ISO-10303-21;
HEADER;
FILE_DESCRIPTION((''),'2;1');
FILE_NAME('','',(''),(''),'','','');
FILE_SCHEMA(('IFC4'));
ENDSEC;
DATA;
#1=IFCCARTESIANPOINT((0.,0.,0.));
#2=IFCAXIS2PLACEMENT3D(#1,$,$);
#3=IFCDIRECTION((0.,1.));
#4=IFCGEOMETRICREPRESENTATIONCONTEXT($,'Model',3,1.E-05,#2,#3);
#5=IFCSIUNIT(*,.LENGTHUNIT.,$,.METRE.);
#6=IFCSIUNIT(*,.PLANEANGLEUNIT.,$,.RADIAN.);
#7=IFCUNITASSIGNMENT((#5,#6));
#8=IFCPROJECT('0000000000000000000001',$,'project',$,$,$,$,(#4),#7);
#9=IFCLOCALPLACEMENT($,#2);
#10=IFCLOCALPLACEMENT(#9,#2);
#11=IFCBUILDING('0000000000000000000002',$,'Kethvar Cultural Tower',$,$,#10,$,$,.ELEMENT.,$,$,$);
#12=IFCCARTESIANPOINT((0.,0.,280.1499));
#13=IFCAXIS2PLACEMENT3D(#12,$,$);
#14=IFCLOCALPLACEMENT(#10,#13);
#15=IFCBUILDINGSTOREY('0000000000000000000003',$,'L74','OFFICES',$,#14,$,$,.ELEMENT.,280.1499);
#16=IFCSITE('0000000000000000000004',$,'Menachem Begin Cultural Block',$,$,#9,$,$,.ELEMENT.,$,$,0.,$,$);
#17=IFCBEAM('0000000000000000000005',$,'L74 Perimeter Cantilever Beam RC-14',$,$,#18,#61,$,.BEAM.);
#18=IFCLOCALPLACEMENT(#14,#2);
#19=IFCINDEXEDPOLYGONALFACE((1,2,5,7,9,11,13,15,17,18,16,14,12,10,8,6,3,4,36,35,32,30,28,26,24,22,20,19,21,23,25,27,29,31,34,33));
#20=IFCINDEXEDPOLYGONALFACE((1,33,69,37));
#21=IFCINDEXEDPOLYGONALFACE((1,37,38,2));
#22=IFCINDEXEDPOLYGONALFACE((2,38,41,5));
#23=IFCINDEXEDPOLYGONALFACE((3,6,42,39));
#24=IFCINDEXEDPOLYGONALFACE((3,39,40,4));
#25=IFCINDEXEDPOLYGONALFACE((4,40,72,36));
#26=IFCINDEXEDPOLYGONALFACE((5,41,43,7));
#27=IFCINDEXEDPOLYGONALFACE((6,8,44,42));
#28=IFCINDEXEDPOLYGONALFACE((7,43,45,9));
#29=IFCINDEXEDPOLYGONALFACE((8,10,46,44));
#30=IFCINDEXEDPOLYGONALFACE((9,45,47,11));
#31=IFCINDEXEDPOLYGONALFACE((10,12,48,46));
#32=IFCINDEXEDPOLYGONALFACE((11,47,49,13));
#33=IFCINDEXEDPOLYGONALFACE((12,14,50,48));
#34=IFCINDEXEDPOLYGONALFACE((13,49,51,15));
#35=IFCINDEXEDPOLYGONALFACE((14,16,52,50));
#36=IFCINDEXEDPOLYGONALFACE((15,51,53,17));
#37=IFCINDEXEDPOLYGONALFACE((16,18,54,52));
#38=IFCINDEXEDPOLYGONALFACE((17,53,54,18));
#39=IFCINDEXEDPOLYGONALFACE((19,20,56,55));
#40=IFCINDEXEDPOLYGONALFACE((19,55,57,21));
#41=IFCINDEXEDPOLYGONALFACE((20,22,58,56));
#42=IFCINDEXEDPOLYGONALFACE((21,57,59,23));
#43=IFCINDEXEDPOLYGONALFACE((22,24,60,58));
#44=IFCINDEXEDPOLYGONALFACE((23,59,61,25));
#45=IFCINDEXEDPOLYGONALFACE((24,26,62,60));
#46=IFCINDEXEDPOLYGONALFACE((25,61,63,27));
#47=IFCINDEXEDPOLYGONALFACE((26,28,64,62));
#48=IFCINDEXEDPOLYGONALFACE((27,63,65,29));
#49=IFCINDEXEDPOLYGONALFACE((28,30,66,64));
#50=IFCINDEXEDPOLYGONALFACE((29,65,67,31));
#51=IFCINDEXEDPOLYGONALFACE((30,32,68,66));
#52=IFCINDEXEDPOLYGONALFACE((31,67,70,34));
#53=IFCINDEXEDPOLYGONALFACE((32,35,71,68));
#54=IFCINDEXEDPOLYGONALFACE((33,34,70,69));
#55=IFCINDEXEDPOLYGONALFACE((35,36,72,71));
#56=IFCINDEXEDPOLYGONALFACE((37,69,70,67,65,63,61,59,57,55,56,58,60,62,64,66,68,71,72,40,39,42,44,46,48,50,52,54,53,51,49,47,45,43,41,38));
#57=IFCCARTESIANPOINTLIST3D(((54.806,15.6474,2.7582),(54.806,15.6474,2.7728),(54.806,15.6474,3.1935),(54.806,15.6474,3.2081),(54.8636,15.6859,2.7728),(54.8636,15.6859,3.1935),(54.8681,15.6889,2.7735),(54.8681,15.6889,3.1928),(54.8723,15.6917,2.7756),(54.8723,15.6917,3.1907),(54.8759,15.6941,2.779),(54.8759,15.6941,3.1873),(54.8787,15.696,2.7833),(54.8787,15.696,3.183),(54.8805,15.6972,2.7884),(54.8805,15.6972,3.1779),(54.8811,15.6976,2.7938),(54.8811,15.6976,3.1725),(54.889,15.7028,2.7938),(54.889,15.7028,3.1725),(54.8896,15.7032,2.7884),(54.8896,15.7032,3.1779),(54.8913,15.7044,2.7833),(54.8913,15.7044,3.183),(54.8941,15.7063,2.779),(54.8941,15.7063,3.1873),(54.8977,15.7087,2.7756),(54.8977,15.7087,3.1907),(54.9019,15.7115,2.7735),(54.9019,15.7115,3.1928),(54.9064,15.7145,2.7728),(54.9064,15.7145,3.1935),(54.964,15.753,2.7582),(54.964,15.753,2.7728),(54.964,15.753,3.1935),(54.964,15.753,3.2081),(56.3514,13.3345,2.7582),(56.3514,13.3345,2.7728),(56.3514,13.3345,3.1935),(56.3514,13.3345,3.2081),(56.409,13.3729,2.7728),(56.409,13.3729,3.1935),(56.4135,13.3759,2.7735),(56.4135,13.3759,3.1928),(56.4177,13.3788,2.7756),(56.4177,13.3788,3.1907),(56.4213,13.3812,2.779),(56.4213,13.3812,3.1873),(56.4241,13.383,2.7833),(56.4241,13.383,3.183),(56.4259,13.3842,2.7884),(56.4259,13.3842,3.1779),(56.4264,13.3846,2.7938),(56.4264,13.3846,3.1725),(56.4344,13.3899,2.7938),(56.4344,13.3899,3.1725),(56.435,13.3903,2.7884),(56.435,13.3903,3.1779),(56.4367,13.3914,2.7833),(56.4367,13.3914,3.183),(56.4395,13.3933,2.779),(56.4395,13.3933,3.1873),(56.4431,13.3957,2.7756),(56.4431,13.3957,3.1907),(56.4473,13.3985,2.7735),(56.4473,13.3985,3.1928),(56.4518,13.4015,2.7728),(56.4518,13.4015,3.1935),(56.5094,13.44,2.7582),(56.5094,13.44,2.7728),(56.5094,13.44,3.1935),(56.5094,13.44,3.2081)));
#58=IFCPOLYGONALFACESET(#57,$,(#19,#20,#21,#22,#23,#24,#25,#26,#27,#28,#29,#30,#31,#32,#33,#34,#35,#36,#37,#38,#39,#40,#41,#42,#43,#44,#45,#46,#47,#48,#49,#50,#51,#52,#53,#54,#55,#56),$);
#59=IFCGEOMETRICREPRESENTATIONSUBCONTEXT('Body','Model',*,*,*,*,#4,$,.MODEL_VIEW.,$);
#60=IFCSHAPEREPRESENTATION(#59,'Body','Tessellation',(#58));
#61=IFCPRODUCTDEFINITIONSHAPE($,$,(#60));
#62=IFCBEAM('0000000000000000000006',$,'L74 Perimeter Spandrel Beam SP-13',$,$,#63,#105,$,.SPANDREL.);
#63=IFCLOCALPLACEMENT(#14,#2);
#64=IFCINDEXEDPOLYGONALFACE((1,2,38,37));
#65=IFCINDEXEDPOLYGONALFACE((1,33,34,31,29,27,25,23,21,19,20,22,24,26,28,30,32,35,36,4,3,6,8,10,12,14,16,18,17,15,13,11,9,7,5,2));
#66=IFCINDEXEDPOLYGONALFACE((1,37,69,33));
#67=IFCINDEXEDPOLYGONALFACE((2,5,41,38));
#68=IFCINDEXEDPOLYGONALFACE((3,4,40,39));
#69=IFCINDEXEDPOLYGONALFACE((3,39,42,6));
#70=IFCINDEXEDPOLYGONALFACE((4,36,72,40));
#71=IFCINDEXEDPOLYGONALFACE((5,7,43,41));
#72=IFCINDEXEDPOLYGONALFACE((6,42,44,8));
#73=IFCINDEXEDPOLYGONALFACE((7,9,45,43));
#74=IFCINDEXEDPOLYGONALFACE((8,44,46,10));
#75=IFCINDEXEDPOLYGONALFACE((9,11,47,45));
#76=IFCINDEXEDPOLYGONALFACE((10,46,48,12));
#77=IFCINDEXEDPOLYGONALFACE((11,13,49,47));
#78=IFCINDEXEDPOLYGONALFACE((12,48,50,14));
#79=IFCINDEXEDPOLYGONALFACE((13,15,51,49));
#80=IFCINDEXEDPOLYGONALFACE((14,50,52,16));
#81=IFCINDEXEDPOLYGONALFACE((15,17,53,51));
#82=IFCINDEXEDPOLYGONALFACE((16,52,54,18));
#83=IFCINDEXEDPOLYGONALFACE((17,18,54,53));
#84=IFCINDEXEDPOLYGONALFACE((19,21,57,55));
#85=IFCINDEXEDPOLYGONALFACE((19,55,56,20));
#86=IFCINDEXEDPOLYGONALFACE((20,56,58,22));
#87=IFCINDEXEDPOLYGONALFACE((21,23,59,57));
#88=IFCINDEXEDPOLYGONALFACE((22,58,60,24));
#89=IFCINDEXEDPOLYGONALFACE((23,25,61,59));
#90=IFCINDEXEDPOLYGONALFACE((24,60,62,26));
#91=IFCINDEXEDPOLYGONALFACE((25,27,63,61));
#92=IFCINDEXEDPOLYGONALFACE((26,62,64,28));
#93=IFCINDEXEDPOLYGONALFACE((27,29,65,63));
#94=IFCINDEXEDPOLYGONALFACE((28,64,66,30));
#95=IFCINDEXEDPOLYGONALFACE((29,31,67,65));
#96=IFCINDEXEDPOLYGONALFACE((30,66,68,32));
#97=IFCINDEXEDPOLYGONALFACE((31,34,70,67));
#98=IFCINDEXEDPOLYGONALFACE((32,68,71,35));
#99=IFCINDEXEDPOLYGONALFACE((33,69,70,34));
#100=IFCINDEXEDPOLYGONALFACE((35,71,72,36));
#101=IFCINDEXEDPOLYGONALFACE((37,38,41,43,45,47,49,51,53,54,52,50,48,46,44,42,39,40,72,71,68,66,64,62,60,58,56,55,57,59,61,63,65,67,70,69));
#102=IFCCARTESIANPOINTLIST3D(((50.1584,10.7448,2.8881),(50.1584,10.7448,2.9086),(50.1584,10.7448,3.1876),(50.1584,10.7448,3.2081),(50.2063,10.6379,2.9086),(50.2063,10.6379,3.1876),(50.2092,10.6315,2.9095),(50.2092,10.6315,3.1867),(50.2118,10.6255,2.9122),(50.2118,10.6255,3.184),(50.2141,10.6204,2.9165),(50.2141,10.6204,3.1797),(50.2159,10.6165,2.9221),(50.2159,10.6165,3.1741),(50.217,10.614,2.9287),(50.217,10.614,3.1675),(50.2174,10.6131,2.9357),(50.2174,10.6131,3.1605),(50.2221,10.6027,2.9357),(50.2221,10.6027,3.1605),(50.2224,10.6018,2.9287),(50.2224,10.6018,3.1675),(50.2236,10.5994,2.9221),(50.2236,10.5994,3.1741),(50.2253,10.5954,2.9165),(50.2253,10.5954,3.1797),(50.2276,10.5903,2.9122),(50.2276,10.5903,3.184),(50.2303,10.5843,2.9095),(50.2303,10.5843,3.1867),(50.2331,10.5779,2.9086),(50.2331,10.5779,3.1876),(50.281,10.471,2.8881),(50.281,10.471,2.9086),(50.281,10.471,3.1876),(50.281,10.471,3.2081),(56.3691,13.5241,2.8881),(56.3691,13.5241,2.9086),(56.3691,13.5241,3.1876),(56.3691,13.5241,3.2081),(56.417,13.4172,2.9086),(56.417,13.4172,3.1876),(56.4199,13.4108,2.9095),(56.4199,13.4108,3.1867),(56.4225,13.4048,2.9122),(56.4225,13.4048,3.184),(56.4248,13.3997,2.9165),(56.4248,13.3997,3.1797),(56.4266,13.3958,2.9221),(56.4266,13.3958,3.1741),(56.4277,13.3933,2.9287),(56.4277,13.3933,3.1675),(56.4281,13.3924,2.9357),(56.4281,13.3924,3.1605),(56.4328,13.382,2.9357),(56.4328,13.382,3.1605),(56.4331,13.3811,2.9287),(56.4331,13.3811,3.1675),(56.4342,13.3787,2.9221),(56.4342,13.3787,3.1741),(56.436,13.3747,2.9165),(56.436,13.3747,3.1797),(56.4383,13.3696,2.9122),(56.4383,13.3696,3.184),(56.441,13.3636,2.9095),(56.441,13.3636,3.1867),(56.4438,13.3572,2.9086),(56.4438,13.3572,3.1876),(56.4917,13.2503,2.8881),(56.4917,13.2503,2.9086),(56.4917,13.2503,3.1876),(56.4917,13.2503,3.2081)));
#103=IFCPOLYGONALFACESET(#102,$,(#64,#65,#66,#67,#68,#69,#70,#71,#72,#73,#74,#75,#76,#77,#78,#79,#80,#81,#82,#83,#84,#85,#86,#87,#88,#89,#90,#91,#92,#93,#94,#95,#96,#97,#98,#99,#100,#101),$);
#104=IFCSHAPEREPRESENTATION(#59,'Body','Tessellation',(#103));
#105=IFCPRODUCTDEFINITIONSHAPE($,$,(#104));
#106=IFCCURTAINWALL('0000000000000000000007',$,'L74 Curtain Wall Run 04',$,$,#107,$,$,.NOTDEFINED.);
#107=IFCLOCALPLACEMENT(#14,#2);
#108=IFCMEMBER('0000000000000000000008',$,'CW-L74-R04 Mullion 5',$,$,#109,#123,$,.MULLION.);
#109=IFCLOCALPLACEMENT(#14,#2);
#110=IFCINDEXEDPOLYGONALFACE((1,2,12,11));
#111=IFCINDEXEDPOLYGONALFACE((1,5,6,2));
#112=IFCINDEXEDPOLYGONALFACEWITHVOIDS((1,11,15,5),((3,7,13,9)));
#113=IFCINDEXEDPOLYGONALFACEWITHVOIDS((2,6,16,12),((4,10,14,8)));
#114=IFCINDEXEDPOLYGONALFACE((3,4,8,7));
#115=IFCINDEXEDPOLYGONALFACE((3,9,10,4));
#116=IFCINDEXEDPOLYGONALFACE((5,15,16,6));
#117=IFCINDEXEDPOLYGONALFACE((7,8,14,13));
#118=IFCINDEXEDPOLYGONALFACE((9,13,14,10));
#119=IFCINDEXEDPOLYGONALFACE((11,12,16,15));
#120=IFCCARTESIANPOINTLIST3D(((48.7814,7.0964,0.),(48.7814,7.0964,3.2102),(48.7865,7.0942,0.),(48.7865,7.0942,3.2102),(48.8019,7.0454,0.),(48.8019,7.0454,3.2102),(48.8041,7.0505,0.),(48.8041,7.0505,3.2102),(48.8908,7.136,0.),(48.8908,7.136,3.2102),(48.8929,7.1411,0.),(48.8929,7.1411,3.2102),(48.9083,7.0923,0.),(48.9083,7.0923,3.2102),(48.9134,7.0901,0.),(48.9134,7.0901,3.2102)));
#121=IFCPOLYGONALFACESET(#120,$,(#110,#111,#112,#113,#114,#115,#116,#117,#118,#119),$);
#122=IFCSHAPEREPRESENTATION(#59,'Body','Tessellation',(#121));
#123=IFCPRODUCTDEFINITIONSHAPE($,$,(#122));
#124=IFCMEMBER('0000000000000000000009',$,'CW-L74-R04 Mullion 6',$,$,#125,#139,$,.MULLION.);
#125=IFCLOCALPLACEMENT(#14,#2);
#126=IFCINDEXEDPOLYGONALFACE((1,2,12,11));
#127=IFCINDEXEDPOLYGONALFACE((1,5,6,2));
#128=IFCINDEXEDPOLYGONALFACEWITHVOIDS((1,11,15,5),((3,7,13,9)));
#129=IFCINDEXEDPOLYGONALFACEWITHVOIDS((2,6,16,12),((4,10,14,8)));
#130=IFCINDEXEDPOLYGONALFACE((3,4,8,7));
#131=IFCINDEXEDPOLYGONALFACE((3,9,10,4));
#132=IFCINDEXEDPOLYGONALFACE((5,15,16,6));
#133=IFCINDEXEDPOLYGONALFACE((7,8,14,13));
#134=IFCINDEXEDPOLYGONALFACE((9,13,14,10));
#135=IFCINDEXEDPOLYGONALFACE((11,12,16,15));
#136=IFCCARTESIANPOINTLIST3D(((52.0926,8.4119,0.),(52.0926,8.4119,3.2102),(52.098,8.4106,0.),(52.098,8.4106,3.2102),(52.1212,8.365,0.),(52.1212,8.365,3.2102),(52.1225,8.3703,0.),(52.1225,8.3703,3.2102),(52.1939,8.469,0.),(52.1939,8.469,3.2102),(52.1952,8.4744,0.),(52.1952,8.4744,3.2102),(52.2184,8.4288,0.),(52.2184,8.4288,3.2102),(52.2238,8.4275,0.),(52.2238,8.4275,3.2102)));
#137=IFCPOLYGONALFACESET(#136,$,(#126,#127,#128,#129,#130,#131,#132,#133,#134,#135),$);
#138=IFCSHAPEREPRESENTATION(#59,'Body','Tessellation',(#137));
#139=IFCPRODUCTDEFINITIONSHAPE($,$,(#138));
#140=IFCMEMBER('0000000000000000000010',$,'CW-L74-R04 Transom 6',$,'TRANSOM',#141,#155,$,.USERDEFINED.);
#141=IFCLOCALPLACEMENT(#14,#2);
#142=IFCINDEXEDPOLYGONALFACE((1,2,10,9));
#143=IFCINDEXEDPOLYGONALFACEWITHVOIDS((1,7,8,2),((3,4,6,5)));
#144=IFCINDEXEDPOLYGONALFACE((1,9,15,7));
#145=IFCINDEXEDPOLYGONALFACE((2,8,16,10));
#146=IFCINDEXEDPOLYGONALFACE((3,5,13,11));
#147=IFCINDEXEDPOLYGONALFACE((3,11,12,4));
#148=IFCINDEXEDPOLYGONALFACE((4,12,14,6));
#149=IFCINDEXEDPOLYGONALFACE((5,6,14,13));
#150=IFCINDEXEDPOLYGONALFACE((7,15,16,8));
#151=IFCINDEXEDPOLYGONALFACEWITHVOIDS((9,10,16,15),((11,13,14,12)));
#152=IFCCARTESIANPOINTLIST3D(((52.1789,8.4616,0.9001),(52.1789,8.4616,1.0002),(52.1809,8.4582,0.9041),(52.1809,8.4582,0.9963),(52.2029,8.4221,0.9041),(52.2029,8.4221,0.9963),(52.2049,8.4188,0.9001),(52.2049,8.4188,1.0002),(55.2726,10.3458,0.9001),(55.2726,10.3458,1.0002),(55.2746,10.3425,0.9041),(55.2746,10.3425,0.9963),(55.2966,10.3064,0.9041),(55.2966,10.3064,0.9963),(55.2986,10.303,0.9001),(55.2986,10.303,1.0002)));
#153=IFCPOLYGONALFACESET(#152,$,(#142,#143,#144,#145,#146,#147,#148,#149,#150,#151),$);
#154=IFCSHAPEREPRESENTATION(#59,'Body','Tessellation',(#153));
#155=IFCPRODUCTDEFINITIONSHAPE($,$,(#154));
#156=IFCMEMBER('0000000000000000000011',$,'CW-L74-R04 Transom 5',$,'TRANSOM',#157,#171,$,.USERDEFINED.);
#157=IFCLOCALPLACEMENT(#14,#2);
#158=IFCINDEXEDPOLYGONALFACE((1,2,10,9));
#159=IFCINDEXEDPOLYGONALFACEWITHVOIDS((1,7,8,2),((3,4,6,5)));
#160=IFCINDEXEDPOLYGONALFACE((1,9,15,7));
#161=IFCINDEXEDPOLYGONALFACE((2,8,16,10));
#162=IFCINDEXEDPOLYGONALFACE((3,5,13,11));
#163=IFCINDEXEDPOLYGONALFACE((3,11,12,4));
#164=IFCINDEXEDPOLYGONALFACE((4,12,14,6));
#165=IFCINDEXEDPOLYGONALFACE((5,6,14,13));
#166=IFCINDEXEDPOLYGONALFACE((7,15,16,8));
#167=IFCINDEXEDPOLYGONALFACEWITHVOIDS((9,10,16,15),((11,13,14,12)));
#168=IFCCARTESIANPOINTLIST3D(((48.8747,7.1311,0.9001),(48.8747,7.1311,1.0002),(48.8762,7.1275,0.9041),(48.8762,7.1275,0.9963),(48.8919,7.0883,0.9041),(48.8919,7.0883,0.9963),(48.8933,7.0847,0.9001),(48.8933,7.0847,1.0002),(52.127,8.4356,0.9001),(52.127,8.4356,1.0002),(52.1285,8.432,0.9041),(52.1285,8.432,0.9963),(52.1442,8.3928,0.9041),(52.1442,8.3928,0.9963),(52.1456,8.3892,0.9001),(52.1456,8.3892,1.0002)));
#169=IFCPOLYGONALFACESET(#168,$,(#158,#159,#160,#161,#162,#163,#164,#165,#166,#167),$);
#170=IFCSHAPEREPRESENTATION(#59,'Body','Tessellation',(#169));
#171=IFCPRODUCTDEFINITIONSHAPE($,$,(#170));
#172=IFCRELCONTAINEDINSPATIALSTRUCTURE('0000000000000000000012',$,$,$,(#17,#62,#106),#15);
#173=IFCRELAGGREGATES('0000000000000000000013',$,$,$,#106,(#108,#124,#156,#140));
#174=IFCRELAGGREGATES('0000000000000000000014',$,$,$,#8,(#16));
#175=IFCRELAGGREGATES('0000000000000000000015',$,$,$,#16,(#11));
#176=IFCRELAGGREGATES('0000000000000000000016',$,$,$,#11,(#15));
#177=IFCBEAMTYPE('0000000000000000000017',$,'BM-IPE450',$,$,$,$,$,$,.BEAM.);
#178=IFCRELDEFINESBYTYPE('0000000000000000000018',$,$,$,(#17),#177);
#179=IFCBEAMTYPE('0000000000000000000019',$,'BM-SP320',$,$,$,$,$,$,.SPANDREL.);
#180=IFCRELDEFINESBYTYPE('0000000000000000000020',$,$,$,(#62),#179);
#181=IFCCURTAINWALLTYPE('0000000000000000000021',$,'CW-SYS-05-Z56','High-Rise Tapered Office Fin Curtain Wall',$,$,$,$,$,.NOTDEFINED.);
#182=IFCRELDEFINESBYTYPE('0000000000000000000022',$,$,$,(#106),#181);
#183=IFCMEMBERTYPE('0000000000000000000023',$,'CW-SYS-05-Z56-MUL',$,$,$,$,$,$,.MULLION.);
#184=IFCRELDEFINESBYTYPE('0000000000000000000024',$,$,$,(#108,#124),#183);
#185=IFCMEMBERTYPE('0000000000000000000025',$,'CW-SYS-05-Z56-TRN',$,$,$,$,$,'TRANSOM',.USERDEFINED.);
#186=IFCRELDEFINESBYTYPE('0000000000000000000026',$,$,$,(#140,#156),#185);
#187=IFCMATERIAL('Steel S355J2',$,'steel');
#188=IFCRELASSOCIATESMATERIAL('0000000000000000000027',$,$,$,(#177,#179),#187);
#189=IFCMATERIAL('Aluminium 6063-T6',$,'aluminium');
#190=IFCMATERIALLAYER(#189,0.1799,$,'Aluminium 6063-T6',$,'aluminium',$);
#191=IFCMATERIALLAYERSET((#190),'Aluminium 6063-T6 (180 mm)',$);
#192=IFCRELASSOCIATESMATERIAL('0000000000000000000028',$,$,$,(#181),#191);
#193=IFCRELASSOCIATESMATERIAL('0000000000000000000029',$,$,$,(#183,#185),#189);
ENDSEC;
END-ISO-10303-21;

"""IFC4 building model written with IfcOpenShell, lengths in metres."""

from ifc_helpers import new_model, si_unit, direction, frame, origin, origin_2d, place, context, subcontext, project, spatial, hollow_rectangle, i_section, extrude, source, transform, mapped, material, layer, layer_set, material_profile, profile_set, type_object, element, aggregate, save


model = new_model("IFC4")

# Units and contexts
model_context = context("Model", 3, precision=1e-05, world=origin(), true_north=direction((0.0, 1.0)))
body_context = subcontext(model_context, "Body", "Model", "MODEL_VIEW")
ifc_project = project(units=[si_unit("LENGTHUNIT", "METRE"), si_unit("PLANEANGLEUNIT", "RADIAN")], contexts=[model_context])

# Site, building, storey
site_placement = place(None, origin())
site = spatial("IfcSite", under=ifc_project, at=site_placement, Name="Menachem Begin Cultural Block", CompositionType="ELEMENT", RefElevation=0.0)
building_placement = place(site_placement, origin())
building = spatial("IfcBuilding", under=site, at=building_placement, Name="Kethvar Cultural Tower", CompositionType="ELEMENT")
storey_placement = place(building_placement, frame((0.0, 0.0, 280.1499)))
storey = spatial("IfcBuildingStorey", under=building, at=storey_placement, Name="L74", Description="OFFICES", CompositionType="ELEMENT", Elevation=280.1499)

# Shared definitions
ifc_material_1 = material(Name="Steel S355J2", Category="steel")

# Beams
ifc_material_profile_1 = material_profile(ifc_material_1, i_section(OverallWidth=0.1899, OverallDepth=0.45, WebThickness=0.0095, FlangeThickness=0.0146, FilletRadius=0.021, at=origin_2d()), Name="Steel S355J2 — IPE450")
ifc_profile_set_1 = profile_set([ifc_material_profile_1], Name="Steel S355J2 — IPE450")
beam_type_1 = type_object("IfcBeamType", Name="BM-IPE450", PredefinedType="BEAM", material=ifc_profile_set_1)
shared_shape_1 = source(origin(), body_context, "Body", "SweptSolid", [
    extrude(i_section(OverallWidth=0.1899, OverallDepth=0.45, WebThickness=0.0095, FlangeThickness=0.0146, FilletRadius=0.021, at=origin_2d()), origin(), (0.0, 0.0, 1.0), 2.7817),
])
beam_1_placement = place(storey_placement, frame((54.885, 15.7002, 2.9832), z_axis=(0.555551, -0.831483, 0.0), x_axis=(0.831483, 0.555551, 0.0)))
element("IfcBeam", 1, at=beam_1_placement, inside=storey, type_object=beam_type_1, Name="L74 Perimeter Cantilever Beam RC-14", PredefinedType="BEAM", context=body_context, shape_type="MappedRepresentation", body=[
    mapped(shared_shape_1, transform((0.0, 0.0, 0.0), scale=1.0)),
])
ifc_material_profile_2 = material_profile(ifc_material_1, i_section(OverallWidth=0.3, OverallDepth=0.3201, WebThickness=0.0115, FlangeThickness=0.0205, FilletRadius=0.0271, at=origin_2d()), Name="Steel S355J2 — HEB320")
ifc_profile_set_2 = profile_set([ifc_material_profile_2], Name="Steel S355J2 — HEB320")
beam_type_2 = type_object("IfcBeamType", Name="BM-SP320", PredefinedType="SPANDREL", material=ifc_profile_set_2)
shared_shape_2 = source(origin(), body_context, "Body", "SweptSolid", [
    extrude(i_section(OverallWidth=0.3, OverallDepth=0.3201, WebThickness=0.0115, FlangeThickness=0.0205, FilletRadius=0.0271, at=origin_2d()), origin(), (0.0, 0.0, 1.0), 6.8042),
])
beam_2_placement = place(storey_placement, frame((50.2197, 10.6079, 3.0481), z_axis=(0.912773, 0.408468, 0.0), x_axis=(-0.408468, 0.912773, 0.0)))
element("IfcBeam", 2, at=beam_2_placement, inside=storey, type_object=beam_type_2, Name="L74 Perimeter Spandrel Beam SP-13", PredefinedType="SPANDREL", context=body_context, shape_type="MappedRepresentation", body=[
    mapped(shared_shape_2, transform((0.0, 0.0, 0.0), scale=1.0)),
])

# Curtain wall, members
ifc_material_2 = material(Name="Aluminium 6063-T6", Category="aluminium")
ifc_layer_1 = layer(ifc_material_2, 0.1799, Name="Aluminium 6063-T6", Category="aluminium")
ifc_layer_set_1 = layer_set([ifc_layer_1], Name="Aluminium 6063-T6 (180 mm)")
curtain_wall_type = type_object("IfcCurtainWallType", Name="CW-SYS-05-Z56", Description="High-Rise Tapered Office Fin Curtain Wall", PredefinedType="NOTDEFINED", material=ifc_layer_set_1)
curtain_wall_placement = place(storey_placement, origin())
curtain_wall = element("IfcCurtainWall", 3, at=curtain_wall_placement, inside=storey, type_object=curtain_wall_type, Name="L74 Curtain Wall Run 04", PredefinedType="NOTDEFINED")
ifc_material_profile_3 = material_profile(ifc_material_2, hollow_rectangle(XDim=0.0549, YDim=0.1201, WallThickness=0.0039, at=origin_2d()), Name="Aluminium 6063-T6 — RHS120x55x4")
ifc_profile_set_3 = profile_set([ifc_material_profile_3], Name="Aluminium 6063-T6 — RHS120x55x4")
member_type_1 = type_object("IfcMemberType", Name="CW-SYS-05-Z56-MUL", PredefinedType="MULLION", material=ifc_profile_set_3)
shared_shape_3 = source(origin(), body_context, "Body", "SweptSolid", [
    extrude(hollow_rectangle(XDim=0.0549, YDim=0.1201, WallThickness=0.0039, at=origin_2d()), origin(), (0.0, 0.0, 1.0), 3.2102),
])
member_1_placement = place(storey_placement, frame((48.8474, 7.0933, 0.0), z_axis=(0.0, 0.0, 1.0), x_axis=(-0.372259, 0.928129, 0.0)))
member_1 = element("IfcMember", 4, at=member_1_placement, type_object=member_type_1, Name="CW-L74-R04 Mullion 5", PredefinedType="MULLION", context=body_context, shape_type="MappedRepresentation", body=[
    mapped(shared_shape_3, transform((0.0, 0.0, 0.0), scale=1.0)),
])
member_2_placement = place(storey_placement, frame((52.1582, 8.4197, 0.0), z_axis=(0.0, 0.0, 1.0), x_axis=(-0.520175, 0.85406, 0.0)))
member_2 = element("IfcMember", 5, at=member_2_placement, type_object=member_type_1, Name="CW-L74-R04 Mullion 6", PredefinedType="MULLION", context=body_context, shape_type="MappedRepresentation", body=[
    mapped(shared_shape_3, transform((0.0, 0.0, 0.0), scale=1.0)),
])
ifc_material_profile_4 = material_profile(ifc_material_2, hollow_rectangle(XDim=0.05, YDim=0.1001, WallThickness=0.0039, at=origin_2d()), Name="Aluminium 6063-T6 — RHS100x50x4")
ifc_profile_set_4 = profile_set([ifc_material_profile_4], Name="Aluminium 6063-T6 — RHS100x50x4")
member_type_2 = type_object("IfcMemberType", Name="CW-SYS-05-Z56-TRN", ElementType="TRANSOM", PredefinedType="USERDEFINED", material=ifc_profile_set_4)
shared_shape_4 = source(origin(), body_context, "Body", "SweptSolid", [
    extrude(hollow_rectangle(XDim=0.05, YDim=0.1001, WallThickness=0.0039, at=origin_2d()), origin(), (0.0, 0.0, 1.0), 3.6223),
])
member_3_placement = place(storey_placement, frame((52.1919, 8.4402, 0.9502), z_axis=(0.854061, 0.520174, 0.0), x_axis=(-0.520174, 0.854061, 0.0)))
member_3 = element("IfcMember", 6, at=member_3_placement, type_object=member_type_2, Name="CW-L74-R04 Transom 6", ObjectType="TRANSOM", PredefinedType="USERDEFINED", context=body_context, shape_type="MappedRepresentation", body=[
    mapped(shared_shape_4, transform((0.0, 0.0, 0.0), scale=1.0)),
])
shared_shape_5 = source(origin(), body_context, "Body", "SweptSolid", [
    extrude(hollow_rectangle(XDim=0.05, YDim=0.1001, WallThickness=0.0039, at=origin_2d()), origin(), (0.0, 0.0, 1.0), 3.5042),
])
member_4_placement = place(storey_placement, frame((48.884, 7.1079, 0.9502), z_axis=(0.928126, 0.372267, 0.0), x_axis=(-0.372267, 0.928126, 0.0)))
member_4 = element("IfcMember", 7, at=member_4_placement, type_object=member_type_2, Name="CW-L74-R04 Transom 5", ObjectType="TRANSOM", PredefinedType="USERDEFINED", context=body_context, shape_type="MappedRepresentation", body=[
    mapped(shared_shape_5, transform((0.0, 0.0, 0.0), scale=1.0)),
])
aggregate(curtain_wall, [member_1, member_2, member_4, member_3])

save(model, "model.ifc")
